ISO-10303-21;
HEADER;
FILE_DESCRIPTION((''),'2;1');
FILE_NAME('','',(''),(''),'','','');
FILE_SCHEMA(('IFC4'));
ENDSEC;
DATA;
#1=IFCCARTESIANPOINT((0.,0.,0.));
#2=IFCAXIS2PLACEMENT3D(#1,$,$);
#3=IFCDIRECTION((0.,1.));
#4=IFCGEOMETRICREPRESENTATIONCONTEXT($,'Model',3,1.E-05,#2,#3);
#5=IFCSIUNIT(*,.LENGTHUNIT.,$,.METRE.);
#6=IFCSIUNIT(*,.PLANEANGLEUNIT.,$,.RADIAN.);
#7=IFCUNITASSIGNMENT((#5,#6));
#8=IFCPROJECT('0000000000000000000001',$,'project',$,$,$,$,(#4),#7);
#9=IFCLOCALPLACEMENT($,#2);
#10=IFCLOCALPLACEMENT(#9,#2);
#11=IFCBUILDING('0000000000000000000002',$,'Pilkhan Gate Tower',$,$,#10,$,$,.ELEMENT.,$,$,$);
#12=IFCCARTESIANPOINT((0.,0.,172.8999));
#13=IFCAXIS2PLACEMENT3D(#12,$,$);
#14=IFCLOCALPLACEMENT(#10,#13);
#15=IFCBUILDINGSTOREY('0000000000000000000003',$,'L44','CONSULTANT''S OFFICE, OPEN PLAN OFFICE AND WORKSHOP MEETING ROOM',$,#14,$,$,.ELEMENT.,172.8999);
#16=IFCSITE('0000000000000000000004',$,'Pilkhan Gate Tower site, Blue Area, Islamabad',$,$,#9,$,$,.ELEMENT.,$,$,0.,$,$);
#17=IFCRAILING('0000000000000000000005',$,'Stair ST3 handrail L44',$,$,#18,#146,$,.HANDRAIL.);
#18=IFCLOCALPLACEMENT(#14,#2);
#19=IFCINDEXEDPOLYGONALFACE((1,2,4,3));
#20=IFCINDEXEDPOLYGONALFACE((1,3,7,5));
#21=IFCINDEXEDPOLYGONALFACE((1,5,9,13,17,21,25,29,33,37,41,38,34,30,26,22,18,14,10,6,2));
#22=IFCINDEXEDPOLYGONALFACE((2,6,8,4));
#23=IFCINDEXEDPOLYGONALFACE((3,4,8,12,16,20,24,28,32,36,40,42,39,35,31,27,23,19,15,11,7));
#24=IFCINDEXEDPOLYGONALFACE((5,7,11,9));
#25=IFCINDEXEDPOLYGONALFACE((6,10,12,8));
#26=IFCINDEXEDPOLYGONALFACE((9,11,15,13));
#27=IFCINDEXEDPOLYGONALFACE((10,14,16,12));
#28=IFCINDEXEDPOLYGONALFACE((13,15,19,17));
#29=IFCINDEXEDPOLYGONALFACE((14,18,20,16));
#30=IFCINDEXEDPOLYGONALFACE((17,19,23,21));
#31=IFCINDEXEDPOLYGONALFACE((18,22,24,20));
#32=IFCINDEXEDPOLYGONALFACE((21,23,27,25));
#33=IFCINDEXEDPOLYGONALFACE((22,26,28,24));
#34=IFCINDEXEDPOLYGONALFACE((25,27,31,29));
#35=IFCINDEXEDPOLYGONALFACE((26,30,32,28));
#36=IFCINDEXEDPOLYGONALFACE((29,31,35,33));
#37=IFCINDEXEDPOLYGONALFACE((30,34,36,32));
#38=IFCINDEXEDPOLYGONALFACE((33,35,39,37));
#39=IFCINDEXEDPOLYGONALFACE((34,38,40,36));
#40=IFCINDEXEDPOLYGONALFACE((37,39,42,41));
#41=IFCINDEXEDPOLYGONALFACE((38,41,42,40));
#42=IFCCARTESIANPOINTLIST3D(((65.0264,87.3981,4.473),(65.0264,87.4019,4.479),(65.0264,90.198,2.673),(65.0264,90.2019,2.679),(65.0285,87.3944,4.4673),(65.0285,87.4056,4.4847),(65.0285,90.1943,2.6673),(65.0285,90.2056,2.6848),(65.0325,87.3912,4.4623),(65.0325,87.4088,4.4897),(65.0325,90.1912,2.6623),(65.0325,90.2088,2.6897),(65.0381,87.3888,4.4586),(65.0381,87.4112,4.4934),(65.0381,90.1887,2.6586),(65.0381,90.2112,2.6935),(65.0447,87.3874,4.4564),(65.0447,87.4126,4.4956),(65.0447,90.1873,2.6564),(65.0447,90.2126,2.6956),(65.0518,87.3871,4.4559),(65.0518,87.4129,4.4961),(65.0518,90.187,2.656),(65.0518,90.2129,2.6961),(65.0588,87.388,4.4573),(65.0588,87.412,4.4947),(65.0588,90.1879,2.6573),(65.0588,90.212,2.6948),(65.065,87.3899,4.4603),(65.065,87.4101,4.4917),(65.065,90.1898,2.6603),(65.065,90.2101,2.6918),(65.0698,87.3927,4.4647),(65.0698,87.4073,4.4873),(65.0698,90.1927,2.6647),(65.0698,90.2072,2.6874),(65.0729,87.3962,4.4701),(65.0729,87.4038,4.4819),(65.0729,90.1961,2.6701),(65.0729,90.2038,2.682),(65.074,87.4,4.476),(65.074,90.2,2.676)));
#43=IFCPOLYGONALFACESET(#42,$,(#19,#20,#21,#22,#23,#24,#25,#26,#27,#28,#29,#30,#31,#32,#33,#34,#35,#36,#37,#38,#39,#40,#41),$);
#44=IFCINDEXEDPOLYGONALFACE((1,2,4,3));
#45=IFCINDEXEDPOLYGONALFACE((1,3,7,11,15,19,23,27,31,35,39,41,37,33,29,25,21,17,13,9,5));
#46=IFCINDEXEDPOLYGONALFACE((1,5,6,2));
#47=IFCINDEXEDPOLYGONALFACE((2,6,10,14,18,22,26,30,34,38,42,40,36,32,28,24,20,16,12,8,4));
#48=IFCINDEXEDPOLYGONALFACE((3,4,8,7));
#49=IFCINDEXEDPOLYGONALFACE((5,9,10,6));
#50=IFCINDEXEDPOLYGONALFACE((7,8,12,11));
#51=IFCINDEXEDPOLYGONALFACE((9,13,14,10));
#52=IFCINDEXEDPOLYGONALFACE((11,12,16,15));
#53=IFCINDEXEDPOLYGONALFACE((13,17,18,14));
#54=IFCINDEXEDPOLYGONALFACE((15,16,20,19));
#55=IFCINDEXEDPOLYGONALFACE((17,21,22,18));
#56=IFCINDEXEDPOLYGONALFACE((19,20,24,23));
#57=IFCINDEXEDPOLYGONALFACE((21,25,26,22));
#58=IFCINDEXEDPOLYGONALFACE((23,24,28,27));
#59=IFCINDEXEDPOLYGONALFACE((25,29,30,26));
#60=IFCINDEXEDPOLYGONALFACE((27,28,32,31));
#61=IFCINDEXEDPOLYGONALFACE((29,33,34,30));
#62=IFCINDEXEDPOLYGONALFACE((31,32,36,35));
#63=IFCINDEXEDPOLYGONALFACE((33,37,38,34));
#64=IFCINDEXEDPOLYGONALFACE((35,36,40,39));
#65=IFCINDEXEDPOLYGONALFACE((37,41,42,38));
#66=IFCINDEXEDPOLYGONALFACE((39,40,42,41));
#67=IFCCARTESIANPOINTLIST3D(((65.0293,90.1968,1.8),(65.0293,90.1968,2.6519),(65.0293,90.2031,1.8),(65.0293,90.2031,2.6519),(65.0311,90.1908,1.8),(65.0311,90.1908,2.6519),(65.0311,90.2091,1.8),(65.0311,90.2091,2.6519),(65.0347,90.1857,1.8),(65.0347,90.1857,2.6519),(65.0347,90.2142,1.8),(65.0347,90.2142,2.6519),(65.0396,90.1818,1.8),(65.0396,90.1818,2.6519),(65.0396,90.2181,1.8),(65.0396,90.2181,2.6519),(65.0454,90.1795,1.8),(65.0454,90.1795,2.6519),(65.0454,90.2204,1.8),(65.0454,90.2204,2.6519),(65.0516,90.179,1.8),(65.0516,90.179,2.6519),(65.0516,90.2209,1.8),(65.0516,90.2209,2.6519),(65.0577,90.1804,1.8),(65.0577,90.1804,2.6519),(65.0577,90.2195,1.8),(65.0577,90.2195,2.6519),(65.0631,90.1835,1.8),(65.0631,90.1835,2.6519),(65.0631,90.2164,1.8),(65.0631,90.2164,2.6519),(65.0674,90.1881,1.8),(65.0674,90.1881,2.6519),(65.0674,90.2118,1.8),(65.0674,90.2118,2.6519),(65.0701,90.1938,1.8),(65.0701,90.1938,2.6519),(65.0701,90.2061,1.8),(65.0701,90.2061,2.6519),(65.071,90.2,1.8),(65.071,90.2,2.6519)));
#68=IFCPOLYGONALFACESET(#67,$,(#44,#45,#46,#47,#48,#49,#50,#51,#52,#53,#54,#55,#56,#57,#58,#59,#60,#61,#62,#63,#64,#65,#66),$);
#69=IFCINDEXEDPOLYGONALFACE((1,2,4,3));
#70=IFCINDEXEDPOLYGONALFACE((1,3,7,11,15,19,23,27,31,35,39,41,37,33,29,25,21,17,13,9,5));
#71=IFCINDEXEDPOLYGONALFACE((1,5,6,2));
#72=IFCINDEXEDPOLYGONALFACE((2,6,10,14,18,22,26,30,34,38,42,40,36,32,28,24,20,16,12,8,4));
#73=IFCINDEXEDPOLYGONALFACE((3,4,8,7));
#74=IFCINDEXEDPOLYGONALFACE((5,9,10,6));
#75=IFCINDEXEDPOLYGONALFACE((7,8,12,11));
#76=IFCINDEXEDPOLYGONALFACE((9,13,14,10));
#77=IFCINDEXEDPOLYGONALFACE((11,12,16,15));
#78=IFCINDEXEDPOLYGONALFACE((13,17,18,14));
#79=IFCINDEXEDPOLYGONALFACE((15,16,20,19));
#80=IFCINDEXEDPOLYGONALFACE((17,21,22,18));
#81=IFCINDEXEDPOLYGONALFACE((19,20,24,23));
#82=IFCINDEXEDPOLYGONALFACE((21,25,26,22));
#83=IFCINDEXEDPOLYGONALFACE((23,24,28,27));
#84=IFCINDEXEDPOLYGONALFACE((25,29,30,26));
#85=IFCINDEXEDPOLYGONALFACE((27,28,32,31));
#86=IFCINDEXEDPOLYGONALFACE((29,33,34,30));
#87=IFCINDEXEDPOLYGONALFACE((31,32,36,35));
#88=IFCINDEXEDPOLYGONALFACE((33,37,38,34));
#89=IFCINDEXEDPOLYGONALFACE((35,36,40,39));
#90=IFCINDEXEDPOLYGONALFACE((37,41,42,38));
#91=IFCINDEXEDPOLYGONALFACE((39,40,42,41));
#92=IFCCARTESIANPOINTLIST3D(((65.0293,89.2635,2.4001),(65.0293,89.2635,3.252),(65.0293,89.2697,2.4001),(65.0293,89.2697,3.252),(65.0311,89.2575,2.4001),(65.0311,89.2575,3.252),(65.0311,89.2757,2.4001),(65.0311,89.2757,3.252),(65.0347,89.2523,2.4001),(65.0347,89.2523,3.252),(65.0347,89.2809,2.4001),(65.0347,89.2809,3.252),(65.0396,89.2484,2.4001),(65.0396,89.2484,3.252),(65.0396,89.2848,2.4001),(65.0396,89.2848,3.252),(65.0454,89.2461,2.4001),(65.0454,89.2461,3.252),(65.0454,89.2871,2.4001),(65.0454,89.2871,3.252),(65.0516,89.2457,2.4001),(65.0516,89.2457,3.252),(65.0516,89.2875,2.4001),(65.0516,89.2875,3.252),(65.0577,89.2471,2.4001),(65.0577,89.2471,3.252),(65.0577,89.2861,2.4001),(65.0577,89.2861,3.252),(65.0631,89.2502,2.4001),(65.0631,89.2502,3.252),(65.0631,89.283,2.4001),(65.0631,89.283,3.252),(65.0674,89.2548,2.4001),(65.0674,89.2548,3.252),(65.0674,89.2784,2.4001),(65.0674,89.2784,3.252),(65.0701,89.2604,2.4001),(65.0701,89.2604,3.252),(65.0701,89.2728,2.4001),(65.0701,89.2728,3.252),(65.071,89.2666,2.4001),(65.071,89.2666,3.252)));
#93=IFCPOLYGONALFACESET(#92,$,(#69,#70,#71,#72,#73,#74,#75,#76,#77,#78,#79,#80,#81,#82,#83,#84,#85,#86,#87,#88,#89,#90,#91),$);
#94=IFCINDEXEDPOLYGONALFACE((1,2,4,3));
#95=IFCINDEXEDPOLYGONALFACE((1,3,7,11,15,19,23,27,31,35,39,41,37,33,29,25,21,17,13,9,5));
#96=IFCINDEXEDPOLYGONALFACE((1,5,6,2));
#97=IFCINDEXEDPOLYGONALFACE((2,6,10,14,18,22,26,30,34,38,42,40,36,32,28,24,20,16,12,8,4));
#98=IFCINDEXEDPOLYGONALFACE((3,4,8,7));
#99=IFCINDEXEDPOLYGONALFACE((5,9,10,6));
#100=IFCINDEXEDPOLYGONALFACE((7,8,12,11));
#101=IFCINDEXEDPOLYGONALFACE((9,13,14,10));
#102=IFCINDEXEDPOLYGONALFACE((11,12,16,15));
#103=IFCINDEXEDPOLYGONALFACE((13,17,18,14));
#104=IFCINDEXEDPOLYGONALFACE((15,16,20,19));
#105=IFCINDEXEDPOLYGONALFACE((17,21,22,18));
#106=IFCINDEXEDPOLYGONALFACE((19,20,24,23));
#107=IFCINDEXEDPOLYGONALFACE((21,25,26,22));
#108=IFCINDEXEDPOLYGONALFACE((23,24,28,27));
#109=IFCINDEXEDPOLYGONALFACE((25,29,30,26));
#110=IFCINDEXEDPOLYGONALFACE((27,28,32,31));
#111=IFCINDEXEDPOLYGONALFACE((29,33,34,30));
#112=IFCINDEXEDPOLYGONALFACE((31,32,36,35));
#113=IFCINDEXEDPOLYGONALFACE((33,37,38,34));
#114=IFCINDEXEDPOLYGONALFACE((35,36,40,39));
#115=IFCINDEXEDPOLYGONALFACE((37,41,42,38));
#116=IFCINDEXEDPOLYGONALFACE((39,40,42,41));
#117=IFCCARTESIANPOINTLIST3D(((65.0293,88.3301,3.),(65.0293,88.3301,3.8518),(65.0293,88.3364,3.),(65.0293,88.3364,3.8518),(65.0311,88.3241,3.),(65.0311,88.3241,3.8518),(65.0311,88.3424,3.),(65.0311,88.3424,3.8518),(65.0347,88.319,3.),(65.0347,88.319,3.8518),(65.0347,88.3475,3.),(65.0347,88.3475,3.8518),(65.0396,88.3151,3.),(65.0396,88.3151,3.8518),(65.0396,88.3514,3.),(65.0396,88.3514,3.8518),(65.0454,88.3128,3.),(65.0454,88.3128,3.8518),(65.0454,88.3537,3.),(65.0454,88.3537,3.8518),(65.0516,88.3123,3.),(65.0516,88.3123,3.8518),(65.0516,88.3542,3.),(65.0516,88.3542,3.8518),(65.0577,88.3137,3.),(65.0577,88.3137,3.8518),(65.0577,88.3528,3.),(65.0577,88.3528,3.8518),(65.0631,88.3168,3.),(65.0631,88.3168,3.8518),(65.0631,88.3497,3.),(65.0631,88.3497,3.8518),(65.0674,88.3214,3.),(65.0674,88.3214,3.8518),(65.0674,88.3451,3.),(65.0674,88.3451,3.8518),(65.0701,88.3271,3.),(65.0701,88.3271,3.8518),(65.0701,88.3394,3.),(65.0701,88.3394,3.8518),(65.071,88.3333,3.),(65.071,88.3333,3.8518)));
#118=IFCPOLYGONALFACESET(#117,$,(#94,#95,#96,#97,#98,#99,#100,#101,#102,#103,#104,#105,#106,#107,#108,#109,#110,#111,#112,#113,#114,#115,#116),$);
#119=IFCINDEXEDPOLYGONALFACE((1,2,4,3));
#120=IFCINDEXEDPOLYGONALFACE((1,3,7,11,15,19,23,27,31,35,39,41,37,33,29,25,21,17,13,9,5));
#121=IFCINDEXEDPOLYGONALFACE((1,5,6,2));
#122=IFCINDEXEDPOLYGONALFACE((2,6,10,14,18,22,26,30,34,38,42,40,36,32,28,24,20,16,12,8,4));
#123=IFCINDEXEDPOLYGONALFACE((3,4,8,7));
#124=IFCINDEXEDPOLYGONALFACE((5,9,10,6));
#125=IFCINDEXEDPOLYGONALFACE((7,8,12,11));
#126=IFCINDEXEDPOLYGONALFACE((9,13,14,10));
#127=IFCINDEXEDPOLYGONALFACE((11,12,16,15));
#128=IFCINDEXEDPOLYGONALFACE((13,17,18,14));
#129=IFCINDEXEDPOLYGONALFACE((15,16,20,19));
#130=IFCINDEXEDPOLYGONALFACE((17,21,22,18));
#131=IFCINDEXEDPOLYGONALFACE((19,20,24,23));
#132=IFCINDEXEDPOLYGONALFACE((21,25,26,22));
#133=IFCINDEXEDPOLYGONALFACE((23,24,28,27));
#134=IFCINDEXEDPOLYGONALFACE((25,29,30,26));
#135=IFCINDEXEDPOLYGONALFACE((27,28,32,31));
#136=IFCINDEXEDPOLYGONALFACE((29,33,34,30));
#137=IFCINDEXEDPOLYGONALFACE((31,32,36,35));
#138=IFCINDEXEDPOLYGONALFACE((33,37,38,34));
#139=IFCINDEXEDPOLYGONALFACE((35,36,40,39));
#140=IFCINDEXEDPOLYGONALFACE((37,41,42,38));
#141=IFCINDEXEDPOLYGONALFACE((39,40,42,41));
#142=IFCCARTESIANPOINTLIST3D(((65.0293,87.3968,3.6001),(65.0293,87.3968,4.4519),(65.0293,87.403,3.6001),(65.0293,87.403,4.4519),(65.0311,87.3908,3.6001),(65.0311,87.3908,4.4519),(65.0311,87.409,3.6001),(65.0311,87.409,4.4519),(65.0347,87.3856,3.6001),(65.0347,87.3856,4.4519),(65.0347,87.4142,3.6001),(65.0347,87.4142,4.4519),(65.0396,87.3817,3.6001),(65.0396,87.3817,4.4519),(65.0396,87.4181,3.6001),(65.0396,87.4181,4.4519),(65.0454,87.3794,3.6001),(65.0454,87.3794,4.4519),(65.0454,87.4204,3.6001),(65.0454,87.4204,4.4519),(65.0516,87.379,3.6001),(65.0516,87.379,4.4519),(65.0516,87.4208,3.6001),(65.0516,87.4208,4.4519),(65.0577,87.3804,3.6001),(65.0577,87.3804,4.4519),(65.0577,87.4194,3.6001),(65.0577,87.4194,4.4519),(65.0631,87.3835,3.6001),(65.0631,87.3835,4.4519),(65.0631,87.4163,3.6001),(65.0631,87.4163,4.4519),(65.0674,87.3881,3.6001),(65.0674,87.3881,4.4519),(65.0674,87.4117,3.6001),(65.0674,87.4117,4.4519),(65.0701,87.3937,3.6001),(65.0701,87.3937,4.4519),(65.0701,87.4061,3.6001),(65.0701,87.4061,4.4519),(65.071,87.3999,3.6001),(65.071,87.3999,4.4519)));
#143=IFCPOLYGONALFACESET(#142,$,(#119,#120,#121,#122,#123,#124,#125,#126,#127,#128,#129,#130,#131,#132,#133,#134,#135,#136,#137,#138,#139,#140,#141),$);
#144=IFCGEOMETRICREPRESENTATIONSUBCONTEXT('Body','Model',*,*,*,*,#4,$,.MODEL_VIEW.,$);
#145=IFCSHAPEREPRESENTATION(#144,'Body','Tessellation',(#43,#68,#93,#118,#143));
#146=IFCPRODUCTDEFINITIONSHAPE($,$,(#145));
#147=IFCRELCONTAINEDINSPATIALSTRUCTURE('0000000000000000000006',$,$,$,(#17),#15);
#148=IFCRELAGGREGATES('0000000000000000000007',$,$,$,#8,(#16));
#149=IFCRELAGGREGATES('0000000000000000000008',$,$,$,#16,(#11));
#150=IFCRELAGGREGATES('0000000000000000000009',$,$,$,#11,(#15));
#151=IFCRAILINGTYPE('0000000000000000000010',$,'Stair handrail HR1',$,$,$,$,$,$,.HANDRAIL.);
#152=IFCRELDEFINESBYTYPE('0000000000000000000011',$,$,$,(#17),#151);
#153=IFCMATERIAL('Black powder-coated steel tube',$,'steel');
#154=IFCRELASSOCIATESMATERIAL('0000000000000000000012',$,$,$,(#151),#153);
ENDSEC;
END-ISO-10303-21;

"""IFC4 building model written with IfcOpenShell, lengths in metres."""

from ifc_helpers import new_model, si_unit, direction, frame, origin, origin_2d, place, context, subcontext, project, spatial, circle, extrude, material, type_object, element, save


model = new_model("IFC4")

# Units and contexts
model_context = context("Model", 3, precision=1e-05, world=origin(), true_north=direction((0.0, 1.0)))
body_context = subcontext(model_context, "Body", "Model", "MODEL_VIEW")
ifc_project = project(units=[si_unit("LENGTHUNIT", "METRE"), si_unit("PLANEANGLEUNIT", "RADIAN")], contexts=[model_context])

# Site, building, storey
site_placement = place(None, origin())
site = spatial("IfcSite", under=ifc_project, at=site_placement, Name="Pilkhan Gate Tower site, Blue Area, Islamabad", CompositionType="ELEMENT", RefElevation=0.0)
building_placement = place(site_placement, origin())
building = spatial("IfcBuilding", under=site, at=building_placement, Name="Pilkhan Gate Tower", CompositionType="ELEMENT")
storey_placement = place(building_placement, frame((0.0, 0.0, 172.8999)))
storey = spatial("IfcBuildingStorey", under=building, at=storey_placement, Name="L44", Description="CONSULTANT'S OFFICE, OPEN PLAN OFFICE AND WORKSHOP MEETING ROOM", CompositionType="ELEMENT", Elevation=172.8999)

# Railing
ifc_material_1 = material(Name="Black powder-coated steel tube", Category="steel")
railing_type_1 = type_object("IfcRailingType", Name="Stair handrail HR1", PredefinedType="HANDRAIL", material=ifc_material_1)
railing_1_placement = place(storey_placement, frame((65.05, 90.2, 1.8)))
element("IfcRailing", 1, at=railing_1_placement, inside=storey, type_object=railing_type_1, Name="Stair ST3 handrail L44", PredefinedType="HANDRAIL", context=body_context, shape_type="SweptSolid", body=[
    extrude(circle(Radius=0.0239, at=origin_2d()), frame((0.0, 0.0, 0.876), z_axis=(0.0, -0.841176, 0.540761), x_axis=(1.0, 0.0, 0.0)), (0.0, 0.0, 1.0), 3.3286),
    extrude(circle(Radius=0.021, at=origin_2d()), origin(), (0.0, 0.0, 1.0), 0.8518),
    extrude(circle(Radius=0.021, at=origin_2d()), frame((0.0, -0.9333, 0.6001)), (0.0, 0.0, 1.0), 0.8518),
    extrude(circle(Radius=0.021, at=origin_2d()), frame((0.0, -1.8667, 1.2)), (0.0, 0.0, 1.0), 0.8518),
    extrude(circle(Radius=0.021, at=origin_2d()), frame((0.0, -2.8, 1.8)), (0.0, 0.0, 1.0), 0.8518),
])

save(model, "model.ifc")
